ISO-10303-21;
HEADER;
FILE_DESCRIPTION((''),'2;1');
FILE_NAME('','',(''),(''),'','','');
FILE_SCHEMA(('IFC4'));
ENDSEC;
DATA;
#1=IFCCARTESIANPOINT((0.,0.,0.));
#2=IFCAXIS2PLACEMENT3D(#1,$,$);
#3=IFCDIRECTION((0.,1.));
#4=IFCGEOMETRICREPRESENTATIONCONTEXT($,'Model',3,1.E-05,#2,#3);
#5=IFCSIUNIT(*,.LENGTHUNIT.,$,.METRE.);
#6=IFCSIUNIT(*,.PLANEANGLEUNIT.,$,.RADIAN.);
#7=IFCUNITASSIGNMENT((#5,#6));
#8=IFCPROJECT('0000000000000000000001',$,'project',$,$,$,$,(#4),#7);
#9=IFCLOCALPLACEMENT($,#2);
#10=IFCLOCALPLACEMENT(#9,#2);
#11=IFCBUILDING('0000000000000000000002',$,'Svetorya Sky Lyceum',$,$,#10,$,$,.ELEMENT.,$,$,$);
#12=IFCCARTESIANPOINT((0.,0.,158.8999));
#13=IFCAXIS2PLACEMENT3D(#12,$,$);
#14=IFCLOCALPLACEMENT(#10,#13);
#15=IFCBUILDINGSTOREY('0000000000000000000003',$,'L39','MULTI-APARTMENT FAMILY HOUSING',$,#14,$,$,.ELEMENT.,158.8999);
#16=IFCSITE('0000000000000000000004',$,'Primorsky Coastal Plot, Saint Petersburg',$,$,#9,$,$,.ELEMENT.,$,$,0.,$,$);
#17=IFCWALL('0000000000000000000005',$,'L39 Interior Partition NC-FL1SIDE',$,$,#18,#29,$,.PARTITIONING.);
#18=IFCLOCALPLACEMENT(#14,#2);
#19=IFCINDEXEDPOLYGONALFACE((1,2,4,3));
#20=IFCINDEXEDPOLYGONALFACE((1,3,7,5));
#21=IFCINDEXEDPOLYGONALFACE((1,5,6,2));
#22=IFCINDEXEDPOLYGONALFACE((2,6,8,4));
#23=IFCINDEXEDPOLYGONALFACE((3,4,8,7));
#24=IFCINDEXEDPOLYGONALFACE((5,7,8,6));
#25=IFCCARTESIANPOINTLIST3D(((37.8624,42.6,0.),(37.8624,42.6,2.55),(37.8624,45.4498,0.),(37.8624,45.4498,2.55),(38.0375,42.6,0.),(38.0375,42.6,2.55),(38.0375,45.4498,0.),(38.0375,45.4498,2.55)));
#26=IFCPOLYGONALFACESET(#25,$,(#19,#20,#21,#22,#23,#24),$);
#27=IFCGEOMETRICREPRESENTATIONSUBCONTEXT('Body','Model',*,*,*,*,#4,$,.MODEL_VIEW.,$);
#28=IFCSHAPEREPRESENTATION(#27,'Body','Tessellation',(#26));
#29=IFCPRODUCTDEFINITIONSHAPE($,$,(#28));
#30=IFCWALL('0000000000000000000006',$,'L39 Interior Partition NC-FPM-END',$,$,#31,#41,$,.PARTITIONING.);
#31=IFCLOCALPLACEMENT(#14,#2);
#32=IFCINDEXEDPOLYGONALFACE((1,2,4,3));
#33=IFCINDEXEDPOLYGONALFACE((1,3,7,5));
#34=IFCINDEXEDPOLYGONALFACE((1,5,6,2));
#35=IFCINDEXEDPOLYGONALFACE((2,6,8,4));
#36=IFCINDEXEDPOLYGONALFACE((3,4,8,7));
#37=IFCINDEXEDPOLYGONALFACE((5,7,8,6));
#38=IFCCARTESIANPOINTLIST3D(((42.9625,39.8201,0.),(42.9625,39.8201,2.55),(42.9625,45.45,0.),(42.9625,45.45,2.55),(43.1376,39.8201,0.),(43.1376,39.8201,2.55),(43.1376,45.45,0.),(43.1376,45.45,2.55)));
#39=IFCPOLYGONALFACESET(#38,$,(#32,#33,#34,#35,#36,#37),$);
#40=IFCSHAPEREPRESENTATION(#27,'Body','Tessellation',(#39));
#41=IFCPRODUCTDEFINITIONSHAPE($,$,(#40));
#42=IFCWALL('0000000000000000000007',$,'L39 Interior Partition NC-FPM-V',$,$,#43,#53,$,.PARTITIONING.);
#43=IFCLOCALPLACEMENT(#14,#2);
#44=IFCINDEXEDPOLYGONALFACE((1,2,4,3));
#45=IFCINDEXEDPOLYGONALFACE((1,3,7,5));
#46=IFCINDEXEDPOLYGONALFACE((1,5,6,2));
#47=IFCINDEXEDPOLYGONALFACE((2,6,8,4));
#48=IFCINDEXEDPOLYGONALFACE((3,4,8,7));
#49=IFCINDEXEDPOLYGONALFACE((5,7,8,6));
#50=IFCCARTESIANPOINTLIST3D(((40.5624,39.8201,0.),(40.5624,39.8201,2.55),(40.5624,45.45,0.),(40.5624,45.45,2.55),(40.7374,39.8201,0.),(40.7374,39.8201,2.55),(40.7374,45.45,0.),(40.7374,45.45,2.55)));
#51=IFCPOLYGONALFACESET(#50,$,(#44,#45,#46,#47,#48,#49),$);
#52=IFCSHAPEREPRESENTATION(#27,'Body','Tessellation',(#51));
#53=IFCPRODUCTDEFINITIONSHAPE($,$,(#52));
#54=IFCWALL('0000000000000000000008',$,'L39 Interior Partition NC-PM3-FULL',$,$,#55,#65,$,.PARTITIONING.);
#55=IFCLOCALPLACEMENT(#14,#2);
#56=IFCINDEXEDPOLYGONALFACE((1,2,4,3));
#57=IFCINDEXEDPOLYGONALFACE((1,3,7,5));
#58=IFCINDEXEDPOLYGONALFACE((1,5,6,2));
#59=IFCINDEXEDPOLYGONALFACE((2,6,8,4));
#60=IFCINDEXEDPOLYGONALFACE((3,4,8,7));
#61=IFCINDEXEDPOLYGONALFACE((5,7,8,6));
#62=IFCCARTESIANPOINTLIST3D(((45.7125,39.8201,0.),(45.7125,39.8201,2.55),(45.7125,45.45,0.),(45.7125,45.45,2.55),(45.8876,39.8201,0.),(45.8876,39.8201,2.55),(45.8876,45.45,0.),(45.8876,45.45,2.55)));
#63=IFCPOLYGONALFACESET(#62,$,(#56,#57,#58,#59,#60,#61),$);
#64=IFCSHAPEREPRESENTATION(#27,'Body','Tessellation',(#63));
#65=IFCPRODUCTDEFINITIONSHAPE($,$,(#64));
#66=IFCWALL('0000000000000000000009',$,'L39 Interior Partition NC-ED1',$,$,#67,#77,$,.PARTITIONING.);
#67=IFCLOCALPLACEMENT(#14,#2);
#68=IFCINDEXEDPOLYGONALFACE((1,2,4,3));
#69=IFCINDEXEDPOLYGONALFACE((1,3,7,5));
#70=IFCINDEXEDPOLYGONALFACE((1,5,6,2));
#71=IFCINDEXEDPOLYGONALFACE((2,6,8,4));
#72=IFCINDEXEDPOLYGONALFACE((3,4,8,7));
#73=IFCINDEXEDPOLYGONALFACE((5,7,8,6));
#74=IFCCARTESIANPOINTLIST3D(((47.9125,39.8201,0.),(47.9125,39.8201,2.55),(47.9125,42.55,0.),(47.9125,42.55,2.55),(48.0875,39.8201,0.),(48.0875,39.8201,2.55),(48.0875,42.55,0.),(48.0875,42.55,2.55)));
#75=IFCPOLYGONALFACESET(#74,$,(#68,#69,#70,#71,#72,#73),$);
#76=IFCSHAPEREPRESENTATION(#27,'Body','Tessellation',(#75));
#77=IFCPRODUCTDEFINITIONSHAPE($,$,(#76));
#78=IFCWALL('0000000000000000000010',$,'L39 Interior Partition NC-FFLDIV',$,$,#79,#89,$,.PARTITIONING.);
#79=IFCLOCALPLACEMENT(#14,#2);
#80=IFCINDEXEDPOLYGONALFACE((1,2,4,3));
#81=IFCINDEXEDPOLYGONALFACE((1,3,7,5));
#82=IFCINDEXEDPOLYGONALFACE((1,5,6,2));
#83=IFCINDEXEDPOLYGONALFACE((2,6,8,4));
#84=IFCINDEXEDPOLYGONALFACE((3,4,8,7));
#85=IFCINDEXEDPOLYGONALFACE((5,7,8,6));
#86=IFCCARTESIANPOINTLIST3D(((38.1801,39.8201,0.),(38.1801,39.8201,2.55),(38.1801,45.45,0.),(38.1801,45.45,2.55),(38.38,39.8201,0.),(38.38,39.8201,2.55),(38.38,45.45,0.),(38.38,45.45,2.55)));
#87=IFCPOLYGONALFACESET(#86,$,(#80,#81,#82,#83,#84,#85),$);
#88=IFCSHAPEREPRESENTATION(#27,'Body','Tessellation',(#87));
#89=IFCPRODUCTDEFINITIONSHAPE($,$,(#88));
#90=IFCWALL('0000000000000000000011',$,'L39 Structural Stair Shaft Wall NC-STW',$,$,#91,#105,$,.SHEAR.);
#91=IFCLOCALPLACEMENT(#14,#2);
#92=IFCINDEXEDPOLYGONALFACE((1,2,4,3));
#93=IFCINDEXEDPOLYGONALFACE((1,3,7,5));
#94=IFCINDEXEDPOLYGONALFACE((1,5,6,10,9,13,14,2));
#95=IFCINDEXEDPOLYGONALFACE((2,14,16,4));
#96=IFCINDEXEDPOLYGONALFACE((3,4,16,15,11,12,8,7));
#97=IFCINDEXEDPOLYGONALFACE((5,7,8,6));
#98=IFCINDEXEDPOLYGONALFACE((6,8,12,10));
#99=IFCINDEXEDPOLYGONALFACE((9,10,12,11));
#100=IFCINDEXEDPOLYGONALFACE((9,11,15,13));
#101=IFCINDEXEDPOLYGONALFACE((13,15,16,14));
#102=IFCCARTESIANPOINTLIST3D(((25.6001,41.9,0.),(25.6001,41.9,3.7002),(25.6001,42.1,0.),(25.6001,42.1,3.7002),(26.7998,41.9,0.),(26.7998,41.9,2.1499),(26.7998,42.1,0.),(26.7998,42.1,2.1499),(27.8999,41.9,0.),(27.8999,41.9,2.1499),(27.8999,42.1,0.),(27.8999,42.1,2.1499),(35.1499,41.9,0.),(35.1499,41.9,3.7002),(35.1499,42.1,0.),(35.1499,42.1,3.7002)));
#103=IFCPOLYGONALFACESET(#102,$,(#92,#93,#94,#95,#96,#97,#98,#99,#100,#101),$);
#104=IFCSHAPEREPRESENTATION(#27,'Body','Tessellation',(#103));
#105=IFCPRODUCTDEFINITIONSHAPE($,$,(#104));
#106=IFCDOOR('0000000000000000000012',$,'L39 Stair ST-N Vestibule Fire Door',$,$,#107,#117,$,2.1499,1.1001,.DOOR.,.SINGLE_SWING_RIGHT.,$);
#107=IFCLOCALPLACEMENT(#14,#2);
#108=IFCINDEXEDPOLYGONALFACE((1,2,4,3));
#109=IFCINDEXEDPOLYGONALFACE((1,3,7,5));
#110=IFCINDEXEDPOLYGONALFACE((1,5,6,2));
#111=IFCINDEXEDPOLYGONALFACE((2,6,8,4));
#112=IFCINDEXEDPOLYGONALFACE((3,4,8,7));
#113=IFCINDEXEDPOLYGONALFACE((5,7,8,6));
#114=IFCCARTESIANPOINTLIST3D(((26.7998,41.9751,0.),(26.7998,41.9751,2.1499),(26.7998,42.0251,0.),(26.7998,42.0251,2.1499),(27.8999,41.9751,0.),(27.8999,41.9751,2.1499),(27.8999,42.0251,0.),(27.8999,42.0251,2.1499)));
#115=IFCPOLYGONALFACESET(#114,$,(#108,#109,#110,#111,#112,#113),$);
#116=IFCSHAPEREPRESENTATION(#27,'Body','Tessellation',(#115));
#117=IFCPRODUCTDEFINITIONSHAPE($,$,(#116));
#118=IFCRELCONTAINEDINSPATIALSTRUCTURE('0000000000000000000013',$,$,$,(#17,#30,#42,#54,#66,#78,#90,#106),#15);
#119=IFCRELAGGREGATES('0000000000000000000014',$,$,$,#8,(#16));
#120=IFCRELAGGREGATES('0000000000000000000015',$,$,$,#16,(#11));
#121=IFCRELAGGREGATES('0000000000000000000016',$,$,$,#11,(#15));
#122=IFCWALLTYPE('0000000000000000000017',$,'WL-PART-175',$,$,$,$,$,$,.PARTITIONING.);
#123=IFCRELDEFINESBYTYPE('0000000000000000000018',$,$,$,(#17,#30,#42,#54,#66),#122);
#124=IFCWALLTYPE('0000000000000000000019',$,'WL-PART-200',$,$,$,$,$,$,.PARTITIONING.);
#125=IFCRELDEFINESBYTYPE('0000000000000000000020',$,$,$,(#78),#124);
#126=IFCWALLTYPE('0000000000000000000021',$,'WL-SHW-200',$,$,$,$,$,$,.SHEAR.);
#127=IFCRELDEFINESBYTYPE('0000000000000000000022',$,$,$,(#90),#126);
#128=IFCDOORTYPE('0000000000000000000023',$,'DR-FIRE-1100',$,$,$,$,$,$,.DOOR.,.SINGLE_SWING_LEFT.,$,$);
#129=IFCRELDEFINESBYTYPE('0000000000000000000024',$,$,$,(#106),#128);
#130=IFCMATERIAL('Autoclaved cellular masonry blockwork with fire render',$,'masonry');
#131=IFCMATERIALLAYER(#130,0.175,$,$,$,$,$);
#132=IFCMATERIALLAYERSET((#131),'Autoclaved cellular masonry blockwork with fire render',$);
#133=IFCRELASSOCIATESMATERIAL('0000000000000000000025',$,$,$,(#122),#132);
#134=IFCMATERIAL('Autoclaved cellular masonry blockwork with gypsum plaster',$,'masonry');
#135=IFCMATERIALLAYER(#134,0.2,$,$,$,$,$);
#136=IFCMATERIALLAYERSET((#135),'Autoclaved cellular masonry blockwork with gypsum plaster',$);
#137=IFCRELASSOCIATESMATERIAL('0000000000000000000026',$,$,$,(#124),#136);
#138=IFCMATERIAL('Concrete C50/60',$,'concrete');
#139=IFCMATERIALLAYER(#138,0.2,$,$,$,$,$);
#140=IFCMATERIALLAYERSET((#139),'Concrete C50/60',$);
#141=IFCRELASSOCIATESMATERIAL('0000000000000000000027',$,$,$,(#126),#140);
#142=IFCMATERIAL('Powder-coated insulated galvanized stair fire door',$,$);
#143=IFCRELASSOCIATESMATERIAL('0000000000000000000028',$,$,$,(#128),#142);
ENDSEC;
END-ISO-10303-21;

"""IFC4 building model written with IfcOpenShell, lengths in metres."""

from ifc_helpers import new_model, si_unit, direction, frame, frame_2d, origin, place, context, subcontext, project, spatial, rectangle, extrude, material, layer, layer_set, type_object, element, fill, save


model = new_model("IFC4")

# Units and contexts
model_context = context("Model", 3, precision=1e-05, world=origin(), true_north=direction((0.0, 1.0)))
body_context = subcontext(model_context, "Body", "Model", "MODEL_VIEW")
ifc_project = project(units=[si_unit("LENGTHUNIT", "METRE"), si_unit("PLANEANGLEUNIT", "RADIAN")], contexts=[model_context])

# Site, building, storey
site_placement = place(None, origin())
site = spatial("IfcSite", under=ifc_project, at=site_placement, Name="Primorsky Coastal Plot, Saint Petersburg", CompositionType="ELEMENT", RefElevation=0.0)
building_placement = place(site_placement, origin())
building = spatial("IfcBuilding", under=site, at=building_placement, Name="Svetorya Sky Lyceum", CompositionType="ELEMENT")
storey_placement = place(building_placement, frame((0.0, 0.0, 158.8999)))
storey = spatial("IfcBuildingStorey", under=building, at=storey_placement, Name="L39", Description="MULTI-APARTMENT FAMILY HOUSING", CompositionType="ELEMENT", Elevation=158.8999)

# Shared definitions
ifc_material_1 = material(Name="Concrete C50/60", Category="concrete")

# Walls
ifc_material_2 = material(Name="Autoclaved cellular masonry blockwork with fire render", Category="masonry")
ifc_layer_1 = layer(ifc_material_2, 0.175)
ifc_layer_set_1 = layer_set([ifc_layer_1], Name="Autoclaved cellular masonry blockwork with fire render")
wall_type_1 = type_object("IfcWallType", Name="WL-PART-175", PredefinedType="PARTITIONING", material=ifc_layer_set_1)
wall_1_placement = place(storey_placement, frame((37.95, 42.6001, 0.0), z_axis=(0.0, 0.0, 1.0), x_axis=(0.0, 1.0, 0.0)))
element("IfcWall", 1, at=wall_1_placement, inside=storey, type_object=wall_type_1, Name="L39 Interior Partition NC-FL1SIDE", PredefinedType="PARTITIONING", context=body_context, shape_type="SweptSolid", body=[
    extrude(rectangle(XDim=2.8499, YDim=0.175, at=frame_2d((1.4248, 0.0))), origin(), (0.0, 0.0, 1.0), 2.55),
])
for number, where, z_axis, x_axis, name in (
    (2, (43.05, 39.8201, 0.0), (0.0, 0.0, 1.0), (0.0, 1.0, 0.0), "L39 Interior Partition NC-FPM-END"),
    (3, (40.6499, 39.8201, 0.0), (0.0, 0.0, 1.0), (0.0, 1.0, 0.0), "L39 Interior Partition NC-FPM-V"),
    (4, (45.8, 39.8201, 0.0), (0.0, 0.0, 1.0), (0.0, 1.0, 0.0), "L39 Interior Partition NC-PM3-FULL"),
):
    element("IfcWall", number, at=place(storey_placement, frame(where, z_axis=z_axis, x_axis=x_axis)), inside=storey, type_object=wall_type_1, Name=name, PredefinedType="PARTITIONING", context=body_context, shape_type="SweptSolid", body=[
        extrude(rectangle(XDim=5.6299, YDim=0.175, at=frame_2d((2.8149, 0.0))), origin(), (0.0, 0.0, 1.0), 2.55),
    ])
wall_2_placement = place(storey_placement, frame((48.0, 39.8201, 0.0), z_axis=(0.0, 0.0, 1.0), x_axis=(0.0, 1.0, 0.0)))
element("IfcWall", 5, at=wall_2_placement, inside=storey, type_object=wall_type_1, Name="L39 Interior Partition NC-ED1", PredefinedType="PARTITIONING", context=body_context, shape_type="SweptSolid", body=[
    extrude(rectangle(XDim=2.73, YDim=0.175, at=frame_2d((1.365, 0.0))), origin(), (0.0, 0.0, 1.0), 2.55),
])

# Shared definitions
ifc_material_3 = material(Name="Autoclaved cellular masonry blockwork with gypsum plaster", Category="masonry")
ifc_layer_2 = layer(ifc_material_3, 0.2)
ifc_layer_set_2 = layer_set([ifc_layer_2], Name="Autoclaved cellular masonry blockwork with gypsum plaster")
wall_type_2 = type_object("IfcWallType", Name="WL-PART-200", PredefinedType="PARTITIONING", material=ifc_layer_set_2)

# Wall
wall_3_placement = place(storey_placement, frame((38.28, 39.8201, 0.0), z_axis=(0.0, 0.0, 1.0), x_axis=(0.0, 1.0, 0.0)))
element("IfcWall", 6, at=wall_3_placement, inside=storey, type_object=wall_type_2, Name="L39 Interior Partition NC-FFLDIV", PredefinedType="PARTITIONING", context=body_context, shape_type="SweptSolid", body=[
    extrude(rectangle(XDim=5.6299, YDim=0.2, at=frame_2d((2.8149, 0.0))), origin(), (0.0, 0.0, 1.0), 2.55),
])

# Wall, opening, door
ifc_layer_3 = layer(ifc_material_1, 0.2)
ifc_layer_set_3 = layer_set([ifc_layer_3], Name="Concrete C50/60")
wall_type_3 = type_object("IfcWallType", Name="WL-SHW-200", PredefinedType="SHEAR", material=ifc_layer_set_3)
wall_4_placement = place(storey_placement, frame((35.1499, 42.0, 0.0), z_axis=(0.0, 0.0, 1.0), x_axis=(-1.0, 0.0, 0.0)))
wall_4 = element("IfcWall", 7, at=wall_4_placement, inside=storey, type_object=wall_type_3, Name="L39 Structural Stair Shaft Wall NC-STW", PredefinedType="SHEAR", context=body_context, shape_type="SweptSolid", body=[
    extrude(rectangle(XDim=9.5498, YDim=0.2, at=frame_2d((4.7749, 0.0))), origin(), (0.0, 0.0, 1.0), 3.7002),
])
opening_1_placement = place(wall_4_placement, frame((7.25, 0.0, 0.0)))
opening_1 = element("IfcOpeningElement", 8, at=opening_1_placement, cuts=wall_4, PredefinedType="OPENING", context=body_context, shape_type="SweptSolid", body=[
    extrude(rectangle(XDim=1.1001, YDim=2.1499, at=frame_2d((0.55, 1.075))), frame((0.0, 0.1099, 0.0), z_axis=(0.0, -1.0, 0.0), x_axis=(1.0, 0.0, 0.0)), (0.0, 0.0, 1.0), 0.22),
])
ifc_material_4 = material(Name="Powder-coated insulated galvanized stair fire door")
door_type_1 = type_object("IfcDoorType", Name="DR-FIRE-1100", OperationType="SINGLE_SWING_LEFT", PredefinedType="DOOR", material=ifc_material_4)
door_1_placement = place(opening_1_placement, origin())
door_1 = element("IfcDoor", 9, at=door_1_placement, inside=storey, type_object=door_type_1, Name="L39 Stair ST-N Vestibule Fire Door", OperationType="SINGLE_SWING_RIGHT", OverallHeight=2.1499, OverallWidth=1.1001, PredefinedType="DOOR", context=body_context, shape_type="SweptSolid", body=[
    extrude(rectangle(XDim=1.1001, YDim=2.1499, at=frame_2d((0.55, 1.075))), frame((0.0, 0.0249, 0.0), z_axis=(0.0, -1.0, 0.0), x_axis=(1.0, 0.0, 0.0)), (0.0, 0.0, 1.0), 0.05),
])
fill(opening_1, door_1)

save(model, "model.ifc")
